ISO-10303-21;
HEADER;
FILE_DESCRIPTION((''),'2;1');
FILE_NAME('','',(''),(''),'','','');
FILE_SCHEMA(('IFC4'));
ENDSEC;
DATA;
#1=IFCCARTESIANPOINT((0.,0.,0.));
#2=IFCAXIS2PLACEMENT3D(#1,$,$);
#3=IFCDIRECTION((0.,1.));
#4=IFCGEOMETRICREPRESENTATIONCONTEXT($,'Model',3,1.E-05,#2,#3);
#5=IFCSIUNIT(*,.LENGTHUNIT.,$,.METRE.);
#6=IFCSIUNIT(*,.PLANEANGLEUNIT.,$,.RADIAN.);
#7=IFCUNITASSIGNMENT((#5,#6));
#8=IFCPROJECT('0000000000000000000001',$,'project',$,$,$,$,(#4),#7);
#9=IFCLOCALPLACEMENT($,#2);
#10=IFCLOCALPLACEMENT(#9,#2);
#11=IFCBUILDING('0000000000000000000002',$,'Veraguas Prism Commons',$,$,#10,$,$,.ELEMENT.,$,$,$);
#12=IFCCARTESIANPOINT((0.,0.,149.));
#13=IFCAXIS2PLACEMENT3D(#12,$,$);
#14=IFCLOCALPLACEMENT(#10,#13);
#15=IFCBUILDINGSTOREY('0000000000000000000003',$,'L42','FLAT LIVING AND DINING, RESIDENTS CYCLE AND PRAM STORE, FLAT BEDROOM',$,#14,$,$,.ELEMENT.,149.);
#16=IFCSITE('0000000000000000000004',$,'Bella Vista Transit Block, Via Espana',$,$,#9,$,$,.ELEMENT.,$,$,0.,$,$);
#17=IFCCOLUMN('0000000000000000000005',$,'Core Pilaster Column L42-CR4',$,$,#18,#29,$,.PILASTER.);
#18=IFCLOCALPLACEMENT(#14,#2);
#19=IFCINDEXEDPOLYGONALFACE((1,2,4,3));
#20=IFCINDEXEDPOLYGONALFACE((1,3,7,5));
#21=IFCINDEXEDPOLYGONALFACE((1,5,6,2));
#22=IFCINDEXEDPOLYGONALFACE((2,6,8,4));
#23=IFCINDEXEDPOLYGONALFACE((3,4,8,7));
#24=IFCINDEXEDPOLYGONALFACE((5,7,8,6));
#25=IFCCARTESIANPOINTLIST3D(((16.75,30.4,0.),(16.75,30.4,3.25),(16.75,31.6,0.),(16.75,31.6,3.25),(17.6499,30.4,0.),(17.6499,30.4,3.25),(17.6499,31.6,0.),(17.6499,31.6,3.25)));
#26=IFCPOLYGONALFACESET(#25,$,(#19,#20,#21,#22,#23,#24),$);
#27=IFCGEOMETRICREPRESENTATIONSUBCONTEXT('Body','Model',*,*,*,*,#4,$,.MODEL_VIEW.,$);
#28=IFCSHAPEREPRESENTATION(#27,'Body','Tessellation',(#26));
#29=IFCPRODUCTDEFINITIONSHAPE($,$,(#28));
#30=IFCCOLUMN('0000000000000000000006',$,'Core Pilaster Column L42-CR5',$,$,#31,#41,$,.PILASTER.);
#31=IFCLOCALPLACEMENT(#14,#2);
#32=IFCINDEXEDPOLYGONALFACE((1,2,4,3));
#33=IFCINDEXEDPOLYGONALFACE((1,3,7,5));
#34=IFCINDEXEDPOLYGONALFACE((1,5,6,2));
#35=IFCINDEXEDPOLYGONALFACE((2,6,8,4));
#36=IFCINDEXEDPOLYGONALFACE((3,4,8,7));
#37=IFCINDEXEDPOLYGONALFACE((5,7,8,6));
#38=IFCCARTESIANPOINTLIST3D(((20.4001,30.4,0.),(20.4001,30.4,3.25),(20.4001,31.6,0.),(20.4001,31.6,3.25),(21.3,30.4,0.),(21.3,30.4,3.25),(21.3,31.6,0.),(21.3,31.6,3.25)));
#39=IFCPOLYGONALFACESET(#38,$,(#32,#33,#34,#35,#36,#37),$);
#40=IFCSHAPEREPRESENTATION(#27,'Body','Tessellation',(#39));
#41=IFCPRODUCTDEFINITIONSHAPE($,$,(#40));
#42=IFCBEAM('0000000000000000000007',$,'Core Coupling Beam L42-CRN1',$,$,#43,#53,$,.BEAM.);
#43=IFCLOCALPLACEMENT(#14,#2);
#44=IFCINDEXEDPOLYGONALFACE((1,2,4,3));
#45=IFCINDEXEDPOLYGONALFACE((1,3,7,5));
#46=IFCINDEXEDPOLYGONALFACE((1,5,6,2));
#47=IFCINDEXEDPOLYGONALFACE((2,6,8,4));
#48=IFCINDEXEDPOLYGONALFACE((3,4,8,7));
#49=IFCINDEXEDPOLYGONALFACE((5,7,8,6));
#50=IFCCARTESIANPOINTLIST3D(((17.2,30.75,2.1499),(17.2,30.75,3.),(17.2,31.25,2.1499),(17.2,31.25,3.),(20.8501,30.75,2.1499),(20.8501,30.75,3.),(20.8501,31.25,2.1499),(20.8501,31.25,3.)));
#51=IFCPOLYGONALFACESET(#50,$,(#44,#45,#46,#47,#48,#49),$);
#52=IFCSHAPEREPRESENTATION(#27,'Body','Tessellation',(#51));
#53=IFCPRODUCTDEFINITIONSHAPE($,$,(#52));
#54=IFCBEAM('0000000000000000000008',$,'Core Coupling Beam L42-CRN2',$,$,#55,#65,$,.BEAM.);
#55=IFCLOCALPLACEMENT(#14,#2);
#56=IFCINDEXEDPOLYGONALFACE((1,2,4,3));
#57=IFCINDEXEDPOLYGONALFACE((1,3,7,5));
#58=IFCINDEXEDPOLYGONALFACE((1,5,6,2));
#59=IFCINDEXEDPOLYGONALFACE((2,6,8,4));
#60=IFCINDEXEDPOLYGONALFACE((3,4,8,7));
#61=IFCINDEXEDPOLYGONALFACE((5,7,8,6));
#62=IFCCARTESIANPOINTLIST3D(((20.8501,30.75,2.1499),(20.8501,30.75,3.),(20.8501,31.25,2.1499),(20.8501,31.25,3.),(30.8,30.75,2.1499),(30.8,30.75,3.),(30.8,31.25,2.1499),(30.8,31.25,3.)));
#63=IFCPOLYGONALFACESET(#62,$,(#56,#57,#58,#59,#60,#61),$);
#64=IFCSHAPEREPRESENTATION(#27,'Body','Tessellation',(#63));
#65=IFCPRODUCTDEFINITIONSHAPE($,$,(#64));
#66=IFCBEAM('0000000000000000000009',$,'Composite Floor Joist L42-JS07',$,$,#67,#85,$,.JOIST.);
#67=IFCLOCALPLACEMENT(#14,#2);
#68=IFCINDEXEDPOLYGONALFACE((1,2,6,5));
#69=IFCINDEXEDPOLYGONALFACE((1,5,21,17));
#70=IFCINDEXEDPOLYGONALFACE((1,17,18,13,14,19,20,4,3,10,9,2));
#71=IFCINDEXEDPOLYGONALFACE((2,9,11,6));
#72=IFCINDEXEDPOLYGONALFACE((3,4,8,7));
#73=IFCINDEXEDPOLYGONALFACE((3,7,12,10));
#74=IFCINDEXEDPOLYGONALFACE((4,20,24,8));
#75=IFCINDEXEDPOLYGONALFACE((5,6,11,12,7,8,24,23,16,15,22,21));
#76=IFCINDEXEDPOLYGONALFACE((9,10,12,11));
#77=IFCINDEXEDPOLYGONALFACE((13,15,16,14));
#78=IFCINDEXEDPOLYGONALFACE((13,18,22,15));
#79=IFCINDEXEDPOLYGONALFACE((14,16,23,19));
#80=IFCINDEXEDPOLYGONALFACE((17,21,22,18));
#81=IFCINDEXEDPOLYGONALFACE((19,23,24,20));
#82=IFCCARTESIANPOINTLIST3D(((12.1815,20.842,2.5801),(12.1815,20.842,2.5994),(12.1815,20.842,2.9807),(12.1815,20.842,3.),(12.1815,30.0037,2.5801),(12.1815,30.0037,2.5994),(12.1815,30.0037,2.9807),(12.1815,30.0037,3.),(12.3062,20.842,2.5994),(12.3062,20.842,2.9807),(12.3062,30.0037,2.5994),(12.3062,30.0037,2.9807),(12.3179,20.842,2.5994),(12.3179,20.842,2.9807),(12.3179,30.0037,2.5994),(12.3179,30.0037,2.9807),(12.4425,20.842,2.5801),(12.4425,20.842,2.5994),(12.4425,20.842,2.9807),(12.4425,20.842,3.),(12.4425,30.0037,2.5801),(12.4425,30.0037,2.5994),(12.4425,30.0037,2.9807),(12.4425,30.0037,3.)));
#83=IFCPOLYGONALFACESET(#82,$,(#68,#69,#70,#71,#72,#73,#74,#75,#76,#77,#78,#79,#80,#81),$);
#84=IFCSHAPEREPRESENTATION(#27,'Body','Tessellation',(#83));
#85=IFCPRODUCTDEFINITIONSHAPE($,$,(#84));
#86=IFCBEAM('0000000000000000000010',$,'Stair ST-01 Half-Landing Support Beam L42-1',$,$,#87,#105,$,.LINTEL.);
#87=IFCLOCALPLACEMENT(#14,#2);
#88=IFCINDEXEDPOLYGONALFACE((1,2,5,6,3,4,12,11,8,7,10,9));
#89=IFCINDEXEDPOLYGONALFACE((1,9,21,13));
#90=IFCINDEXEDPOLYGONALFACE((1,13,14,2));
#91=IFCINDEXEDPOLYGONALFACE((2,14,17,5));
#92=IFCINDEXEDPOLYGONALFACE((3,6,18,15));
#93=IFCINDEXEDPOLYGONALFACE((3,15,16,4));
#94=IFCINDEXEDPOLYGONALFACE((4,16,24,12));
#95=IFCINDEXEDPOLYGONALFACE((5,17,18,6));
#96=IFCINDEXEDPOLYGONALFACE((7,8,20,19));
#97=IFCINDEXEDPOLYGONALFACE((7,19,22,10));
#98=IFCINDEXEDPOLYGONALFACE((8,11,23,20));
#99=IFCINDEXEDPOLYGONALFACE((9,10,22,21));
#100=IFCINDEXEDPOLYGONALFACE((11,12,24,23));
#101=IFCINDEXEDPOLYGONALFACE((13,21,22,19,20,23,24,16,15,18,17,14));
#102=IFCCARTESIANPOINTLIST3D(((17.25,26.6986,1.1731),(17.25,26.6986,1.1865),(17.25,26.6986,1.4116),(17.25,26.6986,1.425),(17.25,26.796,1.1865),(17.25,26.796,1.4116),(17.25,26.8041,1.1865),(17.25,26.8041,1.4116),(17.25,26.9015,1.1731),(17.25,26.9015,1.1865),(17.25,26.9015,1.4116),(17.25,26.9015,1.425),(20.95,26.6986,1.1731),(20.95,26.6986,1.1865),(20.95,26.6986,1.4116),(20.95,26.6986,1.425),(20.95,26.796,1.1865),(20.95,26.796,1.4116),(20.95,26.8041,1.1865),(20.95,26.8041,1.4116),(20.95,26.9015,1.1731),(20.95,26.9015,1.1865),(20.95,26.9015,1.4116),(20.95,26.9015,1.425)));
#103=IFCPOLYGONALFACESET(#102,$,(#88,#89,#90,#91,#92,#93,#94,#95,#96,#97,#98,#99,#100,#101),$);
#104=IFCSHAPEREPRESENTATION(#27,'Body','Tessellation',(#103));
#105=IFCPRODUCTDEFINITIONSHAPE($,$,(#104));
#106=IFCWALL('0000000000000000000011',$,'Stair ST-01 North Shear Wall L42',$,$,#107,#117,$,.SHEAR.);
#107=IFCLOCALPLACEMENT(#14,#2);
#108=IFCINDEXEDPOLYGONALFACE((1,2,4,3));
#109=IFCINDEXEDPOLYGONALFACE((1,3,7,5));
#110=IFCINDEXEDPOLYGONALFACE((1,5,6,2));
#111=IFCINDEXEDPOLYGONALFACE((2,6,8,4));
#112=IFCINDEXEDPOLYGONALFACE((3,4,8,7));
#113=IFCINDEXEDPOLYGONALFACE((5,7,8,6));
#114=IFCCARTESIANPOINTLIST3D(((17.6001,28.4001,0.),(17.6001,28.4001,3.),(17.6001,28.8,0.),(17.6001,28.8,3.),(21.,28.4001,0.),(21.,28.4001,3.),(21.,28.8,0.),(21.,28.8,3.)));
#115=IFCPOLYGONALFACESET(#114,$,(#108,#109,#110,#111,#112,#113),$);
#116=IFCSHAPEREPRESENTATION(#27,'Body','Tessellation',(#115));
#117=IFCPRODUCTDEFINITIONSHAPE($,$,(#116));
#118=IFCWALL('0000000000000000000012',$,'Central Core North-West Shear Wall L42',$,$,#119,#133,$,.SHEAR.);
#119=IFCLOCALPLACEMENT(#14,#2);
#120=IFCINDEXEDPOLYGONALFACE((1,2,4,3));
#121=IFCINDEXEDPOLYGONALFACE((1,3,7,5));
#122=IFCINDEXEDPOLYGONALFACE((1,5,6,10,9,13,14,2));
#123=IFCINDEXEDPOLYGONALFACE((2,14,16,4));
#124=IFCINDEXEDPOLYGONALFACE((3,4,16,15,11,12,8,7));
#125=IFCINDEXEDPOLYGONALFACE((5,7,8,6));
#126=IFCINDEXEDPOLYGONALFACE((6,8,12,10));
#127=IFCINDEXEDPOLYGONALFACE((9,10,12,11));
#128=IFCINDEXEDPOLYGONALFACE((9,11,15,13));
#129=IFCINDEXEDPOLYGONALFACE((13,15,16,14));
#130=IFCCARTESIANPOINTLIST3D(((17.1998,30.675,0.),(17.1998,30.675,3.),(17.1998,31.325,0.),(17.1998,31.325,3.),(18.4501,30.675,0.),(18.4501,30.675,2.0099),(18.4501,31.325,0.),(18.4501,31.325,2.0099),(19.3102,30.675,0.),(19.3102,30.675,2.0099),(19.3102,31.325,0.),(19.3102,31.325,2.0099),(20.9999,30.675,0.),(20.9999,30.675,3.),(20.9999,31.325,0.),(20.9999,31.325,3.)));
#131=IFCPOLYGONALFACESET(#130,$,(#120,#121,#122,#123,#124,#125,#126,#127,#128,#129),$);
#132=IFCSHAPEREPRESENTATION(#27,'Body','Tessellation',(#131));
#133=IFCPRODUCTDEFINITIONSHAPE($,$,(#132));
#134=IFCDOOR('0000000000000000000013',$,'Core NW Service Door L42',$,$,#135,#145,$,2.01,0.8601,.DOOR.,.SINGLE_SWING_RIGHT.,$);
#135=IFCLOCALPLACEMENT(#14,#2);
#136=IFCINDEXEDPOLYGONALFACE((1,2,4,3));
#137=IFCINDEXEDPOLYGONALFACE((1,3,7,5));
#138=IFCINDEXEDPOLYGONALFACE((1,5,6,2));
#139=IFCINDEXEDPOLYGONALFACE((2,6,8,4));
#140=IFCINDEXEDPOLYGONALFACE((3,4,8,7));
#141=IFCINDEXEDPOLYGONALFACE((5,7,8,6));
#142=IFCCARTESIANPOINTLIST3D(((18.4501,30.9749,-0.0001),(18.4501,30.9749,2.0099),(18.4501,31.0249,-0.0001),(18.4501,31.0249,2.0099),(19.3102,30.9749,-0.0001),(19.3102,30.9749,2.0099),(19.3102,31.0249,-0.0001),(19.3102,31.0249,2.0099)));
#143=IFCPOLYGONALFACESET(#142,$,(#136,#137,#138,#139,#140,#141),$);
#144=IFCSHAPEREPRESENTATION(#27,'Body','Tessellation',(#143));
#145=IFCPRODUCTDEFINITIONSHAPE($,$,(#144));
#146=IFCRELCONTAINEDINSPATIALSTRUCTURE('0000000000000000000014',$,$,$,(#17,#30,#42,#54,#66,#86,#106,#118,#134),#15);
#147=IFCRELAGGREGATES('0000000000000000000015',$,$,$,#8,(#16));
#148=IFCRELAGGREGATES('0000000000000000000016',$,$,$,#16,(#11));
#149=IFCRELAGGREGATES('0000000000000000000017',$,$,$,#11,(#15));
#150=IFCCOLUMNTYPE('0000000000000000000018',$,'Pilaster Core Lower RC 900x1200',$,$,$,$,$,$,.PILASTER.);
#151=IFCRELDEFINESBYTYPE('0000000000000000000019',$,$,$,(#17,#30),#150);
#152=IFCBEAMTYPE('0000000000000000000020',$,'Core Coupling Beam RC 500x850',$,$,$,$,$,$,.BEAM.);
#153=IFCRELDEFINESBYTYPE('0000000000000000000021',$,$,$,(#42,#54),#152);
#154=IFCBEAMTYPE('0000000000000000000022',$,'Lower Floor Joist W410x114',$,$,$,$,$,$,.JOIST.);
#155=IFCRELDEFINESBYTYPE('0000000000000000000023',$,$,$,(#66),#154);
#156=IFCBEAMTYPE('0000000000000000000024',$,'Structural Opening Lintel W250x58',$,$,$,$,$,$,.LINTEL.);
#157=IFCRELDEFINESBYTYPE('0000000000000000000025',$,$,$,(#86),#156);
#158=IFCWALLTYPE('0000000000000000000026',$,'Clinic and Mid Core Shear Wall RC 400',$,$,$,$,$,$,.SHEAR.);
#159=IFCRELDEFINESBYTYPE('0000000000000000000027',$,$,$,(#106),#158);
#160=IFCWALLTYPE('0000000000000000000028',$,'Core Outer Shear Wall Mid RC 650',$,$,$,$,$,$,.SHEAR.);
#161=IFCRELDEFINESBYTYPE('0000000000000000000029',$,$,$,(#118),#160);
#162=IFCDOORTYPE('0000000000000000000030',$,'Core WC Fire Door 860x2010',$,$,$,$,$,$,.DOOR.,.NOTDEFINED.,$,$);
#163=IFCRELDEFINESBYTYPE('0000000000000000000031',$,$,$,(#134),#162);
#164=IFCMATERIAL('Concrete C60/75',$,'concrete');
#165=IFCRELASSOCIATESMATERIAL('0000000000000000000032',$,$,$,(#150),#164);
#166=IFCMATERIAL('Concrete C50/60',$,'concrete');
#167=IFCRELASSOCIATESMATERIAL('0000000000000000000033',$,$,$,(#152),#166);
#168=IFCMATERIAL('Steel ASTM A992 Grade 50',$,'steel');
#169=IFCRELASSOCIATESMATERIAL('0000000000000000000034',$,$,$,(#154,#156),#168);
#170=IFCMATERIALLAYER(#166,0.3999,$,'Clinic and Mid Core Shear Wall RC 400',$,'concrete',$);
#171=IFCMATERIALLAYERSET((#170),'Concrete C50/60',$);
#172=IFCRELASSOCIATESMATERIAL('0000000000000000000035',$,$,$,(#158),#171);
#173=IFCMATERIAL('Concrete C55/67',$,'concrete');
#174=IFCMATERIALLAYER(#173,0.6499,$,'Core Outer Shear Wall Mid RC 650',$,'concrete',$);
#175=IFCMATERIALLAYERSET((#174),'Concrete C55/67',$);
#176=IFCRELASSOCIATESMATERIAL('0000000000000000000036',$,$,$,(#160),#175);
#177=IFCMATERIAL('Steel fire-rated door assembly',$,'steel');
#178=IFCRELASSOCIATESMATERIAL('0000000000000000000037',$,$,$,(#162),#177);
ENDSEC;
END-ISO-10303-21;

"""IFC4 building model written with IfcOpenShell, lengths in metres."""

from ifc_helpers import new_model, si_unit, direction, frame, frame_2d, origin, origin_2d, place, context, subcontext, project, spatial, rectangle, i_section, extrude, source, transform, mapped, material, layer, layer_set, material_profile, profile_set, type_object, element, fill, save


model = new_model("IFC4")

# Units and contexts
model_context = context("Model", 3, precision=1e-05, world=origin(), true_north=direction((0.0, 1.0)))
body_context = subcontext(model_context, "Body", "Model", "MODEL_VIEW")
ifc_project = project(units=[si_unit("LENGTHUNIT", "METRE"), si_unit("PLANEANGLEUNIT", "RADIAN")], contexts=[model_context])

# Site, building, storey
site_placement = place(None, origin())
site = spatial("IfcSite", under=ifc_project, at=site_placement, Name="Bella Vista Transit Block, Via Espana", CompositionType="ELEMENT", RefElevation=0.0)
building_placement = place(site_placement, origin())
building = spatial("IfcBuilding", under=site, at=building_placement, Name="Veraguas Prism Commons", CompositionType="ELEMENT")
storey_placement = place(building_placement, frame((0.0, 0.0, 149.0)))
storey = spatial("IfcBuildingStorey", under=building, at=storey_placement, Name="L42", Description="FLAT LIVING AND DINING, RESIDENTS CYCLE AND PRAM STORE, FLAT BEDROOM", CompositionType="ELEMENT", Elevation=149.0)

# Columns
ifc_material_1 = material(Name="Concrete C60/75", Category="concrete")
ifc_material_profile_1 = material_profile(ifc_material_1, rectangle(XDim=0.8999, YDim=1.2, at=origin_2d()), Name="RC900X1200")
ifc_profile_set_1 = profile_set([ifc_material_profile_1], Name="Concrete C60/75")
column_type = type_object("IfcColumnType", Name="Pilaster Core Lower RC 900x1200", PredefinedType="PILASTER", material=ifc_profile_set_1)
for number, where, z_axis, x_axis, name in (
    (1, (17.2, 31.0, 0.0), (0.0, 0.0, 1.0), (1.0, 0.0, 0.0), "Core Pilaster Column L42-CR4"),
    (2, (20.8501, 31.0, 0.0), (0.0, 0.0, 1.0), (1.0, 0.0, 0.0), "Core Pilaster Column L42-CR5"),
):
    element("IfcColumn", number, at=place(storey_placement, frame(where, z_axis=z_axis, x_axis=x_axis)), inside=storey, type_object=column_type, Name=name, PredefinedType="PILASTER", context=body_context, shape_type="SweptSolid", body=[
        extrude(rectangle(XDim=0.8999, YDim=1.2, at=origin_2d()), origin(), (0.0, 0.0, 1.0), 3.25),
    ])

# Beams
ifc_material_2 = material(Name="Concrete C50/60", Category="concrete")
ifc_material_profile_2 = material_profile(ifc_material_2, rectangle(XDim=0.5, YDim=0.8501, at=origin_2d()), Name="RC500X850")
ifc_profile_set_2 = profile_set([ifc_material_profile_2], Name="Concrete C50/60")
beam_type_1 = type_object("IfcBeamType", Name="Core Coupling Beam RC 500x850", PredefinedType="BEAM", material=ifc_profile_set_2)
beam_1_placement = place(storey_placement, frame((17.2, 31.0, 2.575), z_axis=(1.0, 0.0, 0.0), x_axis=(0.0, 1.0, 0.0)))
element("IfcBeam", 3, at=beam_1_placement, inside=storey, type_object=beam_type_1, Name="Core Coupling Beam L42-CRN1", PredefinedType="BEAM", context=body_context, shape_type="SweptSolid", body=[
    extrude(rectangle(XDim=0.5, YDim=0.8501, at=origin_2d()), origin(), (0.0, 0.0, 1.0), 3.6501),
])
beam_2_placement = place(storey_placement, frame((20.8501, 31.0, 2.575), z_axis=(1.0, 0.0, 0.0), x_axis=(0.0, 1.0, 0.0)))
element("IfcBeam", 4, at=beam_2_placement, inside=storey, type_object=beam_type_1, Name="Core Coupling Beam L42-CRN2", PredefinedType="BEAM", context=body_context, shape_type="SweptSolid", body=[
    extrude(rectangle(XDim=0.5, YDim=0.8501, at=origin_2d()), origin(), (0.0, 0.0, 1.0), 9.95),
])
ifc_material_3 = material(Name="Steel ASTM A992 Grade 50", Category="steel")
ifc_material_profile_3 = material_profile(ifc_material_3, i_section(OverallWidth=0.261, OverallDepth=0.4199, WebThickness=0.0117, FlangeThickness=0.0193, at=origin_2d()), Name="W410X114")
ifc_profile_set_3 = profile_set([ifc_material_profile_3], Name="Steel ASTM A992 Grade 50")
beam_type_2 = type_object("IfcBeamType", Name="Lower Floor Joist W410x114", PredefinedType="JOIST", material=ifc_profile_set_3)
beam_3_placement = place(storey_placement, frame((12.312, 30.0037, 2.79), z_axis=(0.0, -1.0, 0.0), x_axis=(1.0, 0.0, 0.0)))
element("IfcBeam", 5, at=beam_3_placement, inside=storey, type_object=beam_type_2, Name="Composite Floor Joist L42-JS07", PredefinedType="JOIST", context=body_context, shape_type="SweptSolid", body=[
    extrude(i_section(OverallWidth=0.261, OverallDepth=0.4199, WebThickness=0.0117, FlangeThickness=0.0193, at=origin_2d()), origin(), (0.0, 0.0, 1.0), 9.1616),
])
ifc_material_profile_4 = material_profile(ifc_material_3, i_section(OverallWidth=0.2029, OverallDepth=0.252, WebThickness=0.0081, FlangeThickness=0.0134, at=origin_2d()), Name="W250X58")
ifc_profile_set_4 = profile_set([ifc_material_profile_4], Name="Steel ASTM A992 Grade 50")
beam_type_3 = type_object("IfcBeamType", Name="Structural Opening Lintel W250x58", PredefinedType="LINTEL", material=ifc_profile_set_4)
beam_4_placement = place(storey_placement, frame((17.25, 26.8, 1.2991), z_axis=(1.0, 0.0, 0.0), x_axis=(0.0, 1.0, 0.0)))
element("IfcBeam", 6, at=beam_4_placement, inside=storey, type_object=beam_type_3, Name="Stair ST-01 Half-Landing Support Beam L42-1", PredefinedType="LINTEL", context=body_context, shape_type="SweptSolid", body=[
    extrude(i_section(OverallWidth=0.2029, OverallDepth=0.252, WebThickness=0.0081, FlangeThickness=0.0134, at=origin_2d()), origin(), (0.0, 0.0, 1.0), 3.7),
])

# Wall
ifc_layer_1 = layer(ifc_material_2, 0.3999, Name="Clinic and Mid Core Shear Wall RC 400", Category="concrete")
ifc_layer_set_1 = layer_set([ifc_layer_1], Name="Concrete C50/60")
wall_type_1 = type_object("IfcWallType", Name="Clinic and Mid Core Shear Wall RC 400", PredefinedType="SHEAR", material=ifc_layer_set_1)
wall_1_placement = place(storey_placement, frame((17.6001, 28.6001, 0.0), z_axis=(0.0, 0.0, 1.0), x_axis=(1.0, 0.0, 0.0)))
element("IfcWall", 7, at=wall_1_placement, inside=storey, type_object=wall_type_1, Name="Stair ST-01 North Shear Wall L42", PredefinedType="SHEAR", context=body_context, shape_type="SweptSolid", body=[
    extrude(rectangle(XDim=3.3999, YDim=0.3999, at=frame_2d((1.7, 0.0))), origin(), (0.0, 0.0, 1.0), 3.0),
])

# Wall, opening, door
ifc_material_4 = material(Name="Concrete C55/67", Category="concrete")
ifc_layer_2 = layer(ifc_material_4, 0.6499, Name="Core Outer Shear Wall Mid RC 650", Category="concrete")
ifc_layer_set_2 = layer_set([ifc_layer_2], Name="Concrete C55/67")
wall_type_2 = type_object("IfcWallType", Name="Core Outer Shear Wall Mid RC 650", PredefinedType="SHEAR", material=ifc_layer_set_2)
wall_2_placement = place(storey_placement, frame((17.2, 31.0, 0.0), z_axis=(0.0, 0.0, 1.0), x_axis=(1.0, 0.0, 0.0)))
wall_2 = element("IfcWall", 8, at=wall_2_placement, inside=storey, type_object=wall_type_2, Name="Central Core North-West Shear Wall L42", PredefinedType="SHEAR", context=body_context, shape_type="SweptSolid", body=[
    extrude(rectangle(XDim=3.8, YDim=0.6499, at=frame_2d((1.8999, 0.0))), origin(), (0.0, 0.0, 1.0), 3.0),
])
opening_1_placement = place(wall_2_placement, frame((1.25, 0.0, 0.0)))
opening_1 = element("IfcOpeningElement", 9, at=opening_1_placement, cuts=wall_2, PredefinedType="OPENING", context=body_context, shape_type="SweptSolid", body=[
    extrude(rectangle(XDim=0.8601, YDim=2.01, at=frame_2d((0.4302, 1.0049))), frame((0.0, 0.335, 0.0), z_axis=(0.0, -1.0, 0.0), x_axis=(1.0, 0.0, 0.0)), (0.0, 0.0, 1.0), 0.6699),
])
ifc_material_5 = material(Name="Steel fire-rated door assembly", Category="steel")
door_type_1 = type_object("IfcDoorType", Name="Core WC Fire Door 860x2010", OperationType="NOTDEFINED", PredefinedType="DOOR", material=ifc_material_5)
shared_shape_1 = source(origin(), body_context, "Body", "SweptSolid", [
    extrude(rectangle(XDim=0.8601, YDim=2.01, at=frame_2d((0.4302, 1.0049))), frame((0.0, 0.0249, 0.0), z_axis=(0.0, -1.0, 0.0), x_axis=(1.0, 0.0, 0.0)), (0.0, 0.0, 1.0), 0.05),
])
door_1_placement = place(opening_1_placement, origin())
door_1 = element("IfcDoor", 10, at=door_1_placement, inside=storey, type_object=door_type_1, Name="Core NW Service Door L42", OperationType="SINGLE_SWING_RIGHT", OverallHeight=2.01, OverallWidth=0.8601, PredefinedType="DOOR", context=body_context, shape_type="MappedRepresentation", body=[
    mapped(shared_shape_1, transform((0.0, 0.0, 0.0), scale=1.0)),
])
fill(opening_1, door_1)

save(model, "model.ifc")
